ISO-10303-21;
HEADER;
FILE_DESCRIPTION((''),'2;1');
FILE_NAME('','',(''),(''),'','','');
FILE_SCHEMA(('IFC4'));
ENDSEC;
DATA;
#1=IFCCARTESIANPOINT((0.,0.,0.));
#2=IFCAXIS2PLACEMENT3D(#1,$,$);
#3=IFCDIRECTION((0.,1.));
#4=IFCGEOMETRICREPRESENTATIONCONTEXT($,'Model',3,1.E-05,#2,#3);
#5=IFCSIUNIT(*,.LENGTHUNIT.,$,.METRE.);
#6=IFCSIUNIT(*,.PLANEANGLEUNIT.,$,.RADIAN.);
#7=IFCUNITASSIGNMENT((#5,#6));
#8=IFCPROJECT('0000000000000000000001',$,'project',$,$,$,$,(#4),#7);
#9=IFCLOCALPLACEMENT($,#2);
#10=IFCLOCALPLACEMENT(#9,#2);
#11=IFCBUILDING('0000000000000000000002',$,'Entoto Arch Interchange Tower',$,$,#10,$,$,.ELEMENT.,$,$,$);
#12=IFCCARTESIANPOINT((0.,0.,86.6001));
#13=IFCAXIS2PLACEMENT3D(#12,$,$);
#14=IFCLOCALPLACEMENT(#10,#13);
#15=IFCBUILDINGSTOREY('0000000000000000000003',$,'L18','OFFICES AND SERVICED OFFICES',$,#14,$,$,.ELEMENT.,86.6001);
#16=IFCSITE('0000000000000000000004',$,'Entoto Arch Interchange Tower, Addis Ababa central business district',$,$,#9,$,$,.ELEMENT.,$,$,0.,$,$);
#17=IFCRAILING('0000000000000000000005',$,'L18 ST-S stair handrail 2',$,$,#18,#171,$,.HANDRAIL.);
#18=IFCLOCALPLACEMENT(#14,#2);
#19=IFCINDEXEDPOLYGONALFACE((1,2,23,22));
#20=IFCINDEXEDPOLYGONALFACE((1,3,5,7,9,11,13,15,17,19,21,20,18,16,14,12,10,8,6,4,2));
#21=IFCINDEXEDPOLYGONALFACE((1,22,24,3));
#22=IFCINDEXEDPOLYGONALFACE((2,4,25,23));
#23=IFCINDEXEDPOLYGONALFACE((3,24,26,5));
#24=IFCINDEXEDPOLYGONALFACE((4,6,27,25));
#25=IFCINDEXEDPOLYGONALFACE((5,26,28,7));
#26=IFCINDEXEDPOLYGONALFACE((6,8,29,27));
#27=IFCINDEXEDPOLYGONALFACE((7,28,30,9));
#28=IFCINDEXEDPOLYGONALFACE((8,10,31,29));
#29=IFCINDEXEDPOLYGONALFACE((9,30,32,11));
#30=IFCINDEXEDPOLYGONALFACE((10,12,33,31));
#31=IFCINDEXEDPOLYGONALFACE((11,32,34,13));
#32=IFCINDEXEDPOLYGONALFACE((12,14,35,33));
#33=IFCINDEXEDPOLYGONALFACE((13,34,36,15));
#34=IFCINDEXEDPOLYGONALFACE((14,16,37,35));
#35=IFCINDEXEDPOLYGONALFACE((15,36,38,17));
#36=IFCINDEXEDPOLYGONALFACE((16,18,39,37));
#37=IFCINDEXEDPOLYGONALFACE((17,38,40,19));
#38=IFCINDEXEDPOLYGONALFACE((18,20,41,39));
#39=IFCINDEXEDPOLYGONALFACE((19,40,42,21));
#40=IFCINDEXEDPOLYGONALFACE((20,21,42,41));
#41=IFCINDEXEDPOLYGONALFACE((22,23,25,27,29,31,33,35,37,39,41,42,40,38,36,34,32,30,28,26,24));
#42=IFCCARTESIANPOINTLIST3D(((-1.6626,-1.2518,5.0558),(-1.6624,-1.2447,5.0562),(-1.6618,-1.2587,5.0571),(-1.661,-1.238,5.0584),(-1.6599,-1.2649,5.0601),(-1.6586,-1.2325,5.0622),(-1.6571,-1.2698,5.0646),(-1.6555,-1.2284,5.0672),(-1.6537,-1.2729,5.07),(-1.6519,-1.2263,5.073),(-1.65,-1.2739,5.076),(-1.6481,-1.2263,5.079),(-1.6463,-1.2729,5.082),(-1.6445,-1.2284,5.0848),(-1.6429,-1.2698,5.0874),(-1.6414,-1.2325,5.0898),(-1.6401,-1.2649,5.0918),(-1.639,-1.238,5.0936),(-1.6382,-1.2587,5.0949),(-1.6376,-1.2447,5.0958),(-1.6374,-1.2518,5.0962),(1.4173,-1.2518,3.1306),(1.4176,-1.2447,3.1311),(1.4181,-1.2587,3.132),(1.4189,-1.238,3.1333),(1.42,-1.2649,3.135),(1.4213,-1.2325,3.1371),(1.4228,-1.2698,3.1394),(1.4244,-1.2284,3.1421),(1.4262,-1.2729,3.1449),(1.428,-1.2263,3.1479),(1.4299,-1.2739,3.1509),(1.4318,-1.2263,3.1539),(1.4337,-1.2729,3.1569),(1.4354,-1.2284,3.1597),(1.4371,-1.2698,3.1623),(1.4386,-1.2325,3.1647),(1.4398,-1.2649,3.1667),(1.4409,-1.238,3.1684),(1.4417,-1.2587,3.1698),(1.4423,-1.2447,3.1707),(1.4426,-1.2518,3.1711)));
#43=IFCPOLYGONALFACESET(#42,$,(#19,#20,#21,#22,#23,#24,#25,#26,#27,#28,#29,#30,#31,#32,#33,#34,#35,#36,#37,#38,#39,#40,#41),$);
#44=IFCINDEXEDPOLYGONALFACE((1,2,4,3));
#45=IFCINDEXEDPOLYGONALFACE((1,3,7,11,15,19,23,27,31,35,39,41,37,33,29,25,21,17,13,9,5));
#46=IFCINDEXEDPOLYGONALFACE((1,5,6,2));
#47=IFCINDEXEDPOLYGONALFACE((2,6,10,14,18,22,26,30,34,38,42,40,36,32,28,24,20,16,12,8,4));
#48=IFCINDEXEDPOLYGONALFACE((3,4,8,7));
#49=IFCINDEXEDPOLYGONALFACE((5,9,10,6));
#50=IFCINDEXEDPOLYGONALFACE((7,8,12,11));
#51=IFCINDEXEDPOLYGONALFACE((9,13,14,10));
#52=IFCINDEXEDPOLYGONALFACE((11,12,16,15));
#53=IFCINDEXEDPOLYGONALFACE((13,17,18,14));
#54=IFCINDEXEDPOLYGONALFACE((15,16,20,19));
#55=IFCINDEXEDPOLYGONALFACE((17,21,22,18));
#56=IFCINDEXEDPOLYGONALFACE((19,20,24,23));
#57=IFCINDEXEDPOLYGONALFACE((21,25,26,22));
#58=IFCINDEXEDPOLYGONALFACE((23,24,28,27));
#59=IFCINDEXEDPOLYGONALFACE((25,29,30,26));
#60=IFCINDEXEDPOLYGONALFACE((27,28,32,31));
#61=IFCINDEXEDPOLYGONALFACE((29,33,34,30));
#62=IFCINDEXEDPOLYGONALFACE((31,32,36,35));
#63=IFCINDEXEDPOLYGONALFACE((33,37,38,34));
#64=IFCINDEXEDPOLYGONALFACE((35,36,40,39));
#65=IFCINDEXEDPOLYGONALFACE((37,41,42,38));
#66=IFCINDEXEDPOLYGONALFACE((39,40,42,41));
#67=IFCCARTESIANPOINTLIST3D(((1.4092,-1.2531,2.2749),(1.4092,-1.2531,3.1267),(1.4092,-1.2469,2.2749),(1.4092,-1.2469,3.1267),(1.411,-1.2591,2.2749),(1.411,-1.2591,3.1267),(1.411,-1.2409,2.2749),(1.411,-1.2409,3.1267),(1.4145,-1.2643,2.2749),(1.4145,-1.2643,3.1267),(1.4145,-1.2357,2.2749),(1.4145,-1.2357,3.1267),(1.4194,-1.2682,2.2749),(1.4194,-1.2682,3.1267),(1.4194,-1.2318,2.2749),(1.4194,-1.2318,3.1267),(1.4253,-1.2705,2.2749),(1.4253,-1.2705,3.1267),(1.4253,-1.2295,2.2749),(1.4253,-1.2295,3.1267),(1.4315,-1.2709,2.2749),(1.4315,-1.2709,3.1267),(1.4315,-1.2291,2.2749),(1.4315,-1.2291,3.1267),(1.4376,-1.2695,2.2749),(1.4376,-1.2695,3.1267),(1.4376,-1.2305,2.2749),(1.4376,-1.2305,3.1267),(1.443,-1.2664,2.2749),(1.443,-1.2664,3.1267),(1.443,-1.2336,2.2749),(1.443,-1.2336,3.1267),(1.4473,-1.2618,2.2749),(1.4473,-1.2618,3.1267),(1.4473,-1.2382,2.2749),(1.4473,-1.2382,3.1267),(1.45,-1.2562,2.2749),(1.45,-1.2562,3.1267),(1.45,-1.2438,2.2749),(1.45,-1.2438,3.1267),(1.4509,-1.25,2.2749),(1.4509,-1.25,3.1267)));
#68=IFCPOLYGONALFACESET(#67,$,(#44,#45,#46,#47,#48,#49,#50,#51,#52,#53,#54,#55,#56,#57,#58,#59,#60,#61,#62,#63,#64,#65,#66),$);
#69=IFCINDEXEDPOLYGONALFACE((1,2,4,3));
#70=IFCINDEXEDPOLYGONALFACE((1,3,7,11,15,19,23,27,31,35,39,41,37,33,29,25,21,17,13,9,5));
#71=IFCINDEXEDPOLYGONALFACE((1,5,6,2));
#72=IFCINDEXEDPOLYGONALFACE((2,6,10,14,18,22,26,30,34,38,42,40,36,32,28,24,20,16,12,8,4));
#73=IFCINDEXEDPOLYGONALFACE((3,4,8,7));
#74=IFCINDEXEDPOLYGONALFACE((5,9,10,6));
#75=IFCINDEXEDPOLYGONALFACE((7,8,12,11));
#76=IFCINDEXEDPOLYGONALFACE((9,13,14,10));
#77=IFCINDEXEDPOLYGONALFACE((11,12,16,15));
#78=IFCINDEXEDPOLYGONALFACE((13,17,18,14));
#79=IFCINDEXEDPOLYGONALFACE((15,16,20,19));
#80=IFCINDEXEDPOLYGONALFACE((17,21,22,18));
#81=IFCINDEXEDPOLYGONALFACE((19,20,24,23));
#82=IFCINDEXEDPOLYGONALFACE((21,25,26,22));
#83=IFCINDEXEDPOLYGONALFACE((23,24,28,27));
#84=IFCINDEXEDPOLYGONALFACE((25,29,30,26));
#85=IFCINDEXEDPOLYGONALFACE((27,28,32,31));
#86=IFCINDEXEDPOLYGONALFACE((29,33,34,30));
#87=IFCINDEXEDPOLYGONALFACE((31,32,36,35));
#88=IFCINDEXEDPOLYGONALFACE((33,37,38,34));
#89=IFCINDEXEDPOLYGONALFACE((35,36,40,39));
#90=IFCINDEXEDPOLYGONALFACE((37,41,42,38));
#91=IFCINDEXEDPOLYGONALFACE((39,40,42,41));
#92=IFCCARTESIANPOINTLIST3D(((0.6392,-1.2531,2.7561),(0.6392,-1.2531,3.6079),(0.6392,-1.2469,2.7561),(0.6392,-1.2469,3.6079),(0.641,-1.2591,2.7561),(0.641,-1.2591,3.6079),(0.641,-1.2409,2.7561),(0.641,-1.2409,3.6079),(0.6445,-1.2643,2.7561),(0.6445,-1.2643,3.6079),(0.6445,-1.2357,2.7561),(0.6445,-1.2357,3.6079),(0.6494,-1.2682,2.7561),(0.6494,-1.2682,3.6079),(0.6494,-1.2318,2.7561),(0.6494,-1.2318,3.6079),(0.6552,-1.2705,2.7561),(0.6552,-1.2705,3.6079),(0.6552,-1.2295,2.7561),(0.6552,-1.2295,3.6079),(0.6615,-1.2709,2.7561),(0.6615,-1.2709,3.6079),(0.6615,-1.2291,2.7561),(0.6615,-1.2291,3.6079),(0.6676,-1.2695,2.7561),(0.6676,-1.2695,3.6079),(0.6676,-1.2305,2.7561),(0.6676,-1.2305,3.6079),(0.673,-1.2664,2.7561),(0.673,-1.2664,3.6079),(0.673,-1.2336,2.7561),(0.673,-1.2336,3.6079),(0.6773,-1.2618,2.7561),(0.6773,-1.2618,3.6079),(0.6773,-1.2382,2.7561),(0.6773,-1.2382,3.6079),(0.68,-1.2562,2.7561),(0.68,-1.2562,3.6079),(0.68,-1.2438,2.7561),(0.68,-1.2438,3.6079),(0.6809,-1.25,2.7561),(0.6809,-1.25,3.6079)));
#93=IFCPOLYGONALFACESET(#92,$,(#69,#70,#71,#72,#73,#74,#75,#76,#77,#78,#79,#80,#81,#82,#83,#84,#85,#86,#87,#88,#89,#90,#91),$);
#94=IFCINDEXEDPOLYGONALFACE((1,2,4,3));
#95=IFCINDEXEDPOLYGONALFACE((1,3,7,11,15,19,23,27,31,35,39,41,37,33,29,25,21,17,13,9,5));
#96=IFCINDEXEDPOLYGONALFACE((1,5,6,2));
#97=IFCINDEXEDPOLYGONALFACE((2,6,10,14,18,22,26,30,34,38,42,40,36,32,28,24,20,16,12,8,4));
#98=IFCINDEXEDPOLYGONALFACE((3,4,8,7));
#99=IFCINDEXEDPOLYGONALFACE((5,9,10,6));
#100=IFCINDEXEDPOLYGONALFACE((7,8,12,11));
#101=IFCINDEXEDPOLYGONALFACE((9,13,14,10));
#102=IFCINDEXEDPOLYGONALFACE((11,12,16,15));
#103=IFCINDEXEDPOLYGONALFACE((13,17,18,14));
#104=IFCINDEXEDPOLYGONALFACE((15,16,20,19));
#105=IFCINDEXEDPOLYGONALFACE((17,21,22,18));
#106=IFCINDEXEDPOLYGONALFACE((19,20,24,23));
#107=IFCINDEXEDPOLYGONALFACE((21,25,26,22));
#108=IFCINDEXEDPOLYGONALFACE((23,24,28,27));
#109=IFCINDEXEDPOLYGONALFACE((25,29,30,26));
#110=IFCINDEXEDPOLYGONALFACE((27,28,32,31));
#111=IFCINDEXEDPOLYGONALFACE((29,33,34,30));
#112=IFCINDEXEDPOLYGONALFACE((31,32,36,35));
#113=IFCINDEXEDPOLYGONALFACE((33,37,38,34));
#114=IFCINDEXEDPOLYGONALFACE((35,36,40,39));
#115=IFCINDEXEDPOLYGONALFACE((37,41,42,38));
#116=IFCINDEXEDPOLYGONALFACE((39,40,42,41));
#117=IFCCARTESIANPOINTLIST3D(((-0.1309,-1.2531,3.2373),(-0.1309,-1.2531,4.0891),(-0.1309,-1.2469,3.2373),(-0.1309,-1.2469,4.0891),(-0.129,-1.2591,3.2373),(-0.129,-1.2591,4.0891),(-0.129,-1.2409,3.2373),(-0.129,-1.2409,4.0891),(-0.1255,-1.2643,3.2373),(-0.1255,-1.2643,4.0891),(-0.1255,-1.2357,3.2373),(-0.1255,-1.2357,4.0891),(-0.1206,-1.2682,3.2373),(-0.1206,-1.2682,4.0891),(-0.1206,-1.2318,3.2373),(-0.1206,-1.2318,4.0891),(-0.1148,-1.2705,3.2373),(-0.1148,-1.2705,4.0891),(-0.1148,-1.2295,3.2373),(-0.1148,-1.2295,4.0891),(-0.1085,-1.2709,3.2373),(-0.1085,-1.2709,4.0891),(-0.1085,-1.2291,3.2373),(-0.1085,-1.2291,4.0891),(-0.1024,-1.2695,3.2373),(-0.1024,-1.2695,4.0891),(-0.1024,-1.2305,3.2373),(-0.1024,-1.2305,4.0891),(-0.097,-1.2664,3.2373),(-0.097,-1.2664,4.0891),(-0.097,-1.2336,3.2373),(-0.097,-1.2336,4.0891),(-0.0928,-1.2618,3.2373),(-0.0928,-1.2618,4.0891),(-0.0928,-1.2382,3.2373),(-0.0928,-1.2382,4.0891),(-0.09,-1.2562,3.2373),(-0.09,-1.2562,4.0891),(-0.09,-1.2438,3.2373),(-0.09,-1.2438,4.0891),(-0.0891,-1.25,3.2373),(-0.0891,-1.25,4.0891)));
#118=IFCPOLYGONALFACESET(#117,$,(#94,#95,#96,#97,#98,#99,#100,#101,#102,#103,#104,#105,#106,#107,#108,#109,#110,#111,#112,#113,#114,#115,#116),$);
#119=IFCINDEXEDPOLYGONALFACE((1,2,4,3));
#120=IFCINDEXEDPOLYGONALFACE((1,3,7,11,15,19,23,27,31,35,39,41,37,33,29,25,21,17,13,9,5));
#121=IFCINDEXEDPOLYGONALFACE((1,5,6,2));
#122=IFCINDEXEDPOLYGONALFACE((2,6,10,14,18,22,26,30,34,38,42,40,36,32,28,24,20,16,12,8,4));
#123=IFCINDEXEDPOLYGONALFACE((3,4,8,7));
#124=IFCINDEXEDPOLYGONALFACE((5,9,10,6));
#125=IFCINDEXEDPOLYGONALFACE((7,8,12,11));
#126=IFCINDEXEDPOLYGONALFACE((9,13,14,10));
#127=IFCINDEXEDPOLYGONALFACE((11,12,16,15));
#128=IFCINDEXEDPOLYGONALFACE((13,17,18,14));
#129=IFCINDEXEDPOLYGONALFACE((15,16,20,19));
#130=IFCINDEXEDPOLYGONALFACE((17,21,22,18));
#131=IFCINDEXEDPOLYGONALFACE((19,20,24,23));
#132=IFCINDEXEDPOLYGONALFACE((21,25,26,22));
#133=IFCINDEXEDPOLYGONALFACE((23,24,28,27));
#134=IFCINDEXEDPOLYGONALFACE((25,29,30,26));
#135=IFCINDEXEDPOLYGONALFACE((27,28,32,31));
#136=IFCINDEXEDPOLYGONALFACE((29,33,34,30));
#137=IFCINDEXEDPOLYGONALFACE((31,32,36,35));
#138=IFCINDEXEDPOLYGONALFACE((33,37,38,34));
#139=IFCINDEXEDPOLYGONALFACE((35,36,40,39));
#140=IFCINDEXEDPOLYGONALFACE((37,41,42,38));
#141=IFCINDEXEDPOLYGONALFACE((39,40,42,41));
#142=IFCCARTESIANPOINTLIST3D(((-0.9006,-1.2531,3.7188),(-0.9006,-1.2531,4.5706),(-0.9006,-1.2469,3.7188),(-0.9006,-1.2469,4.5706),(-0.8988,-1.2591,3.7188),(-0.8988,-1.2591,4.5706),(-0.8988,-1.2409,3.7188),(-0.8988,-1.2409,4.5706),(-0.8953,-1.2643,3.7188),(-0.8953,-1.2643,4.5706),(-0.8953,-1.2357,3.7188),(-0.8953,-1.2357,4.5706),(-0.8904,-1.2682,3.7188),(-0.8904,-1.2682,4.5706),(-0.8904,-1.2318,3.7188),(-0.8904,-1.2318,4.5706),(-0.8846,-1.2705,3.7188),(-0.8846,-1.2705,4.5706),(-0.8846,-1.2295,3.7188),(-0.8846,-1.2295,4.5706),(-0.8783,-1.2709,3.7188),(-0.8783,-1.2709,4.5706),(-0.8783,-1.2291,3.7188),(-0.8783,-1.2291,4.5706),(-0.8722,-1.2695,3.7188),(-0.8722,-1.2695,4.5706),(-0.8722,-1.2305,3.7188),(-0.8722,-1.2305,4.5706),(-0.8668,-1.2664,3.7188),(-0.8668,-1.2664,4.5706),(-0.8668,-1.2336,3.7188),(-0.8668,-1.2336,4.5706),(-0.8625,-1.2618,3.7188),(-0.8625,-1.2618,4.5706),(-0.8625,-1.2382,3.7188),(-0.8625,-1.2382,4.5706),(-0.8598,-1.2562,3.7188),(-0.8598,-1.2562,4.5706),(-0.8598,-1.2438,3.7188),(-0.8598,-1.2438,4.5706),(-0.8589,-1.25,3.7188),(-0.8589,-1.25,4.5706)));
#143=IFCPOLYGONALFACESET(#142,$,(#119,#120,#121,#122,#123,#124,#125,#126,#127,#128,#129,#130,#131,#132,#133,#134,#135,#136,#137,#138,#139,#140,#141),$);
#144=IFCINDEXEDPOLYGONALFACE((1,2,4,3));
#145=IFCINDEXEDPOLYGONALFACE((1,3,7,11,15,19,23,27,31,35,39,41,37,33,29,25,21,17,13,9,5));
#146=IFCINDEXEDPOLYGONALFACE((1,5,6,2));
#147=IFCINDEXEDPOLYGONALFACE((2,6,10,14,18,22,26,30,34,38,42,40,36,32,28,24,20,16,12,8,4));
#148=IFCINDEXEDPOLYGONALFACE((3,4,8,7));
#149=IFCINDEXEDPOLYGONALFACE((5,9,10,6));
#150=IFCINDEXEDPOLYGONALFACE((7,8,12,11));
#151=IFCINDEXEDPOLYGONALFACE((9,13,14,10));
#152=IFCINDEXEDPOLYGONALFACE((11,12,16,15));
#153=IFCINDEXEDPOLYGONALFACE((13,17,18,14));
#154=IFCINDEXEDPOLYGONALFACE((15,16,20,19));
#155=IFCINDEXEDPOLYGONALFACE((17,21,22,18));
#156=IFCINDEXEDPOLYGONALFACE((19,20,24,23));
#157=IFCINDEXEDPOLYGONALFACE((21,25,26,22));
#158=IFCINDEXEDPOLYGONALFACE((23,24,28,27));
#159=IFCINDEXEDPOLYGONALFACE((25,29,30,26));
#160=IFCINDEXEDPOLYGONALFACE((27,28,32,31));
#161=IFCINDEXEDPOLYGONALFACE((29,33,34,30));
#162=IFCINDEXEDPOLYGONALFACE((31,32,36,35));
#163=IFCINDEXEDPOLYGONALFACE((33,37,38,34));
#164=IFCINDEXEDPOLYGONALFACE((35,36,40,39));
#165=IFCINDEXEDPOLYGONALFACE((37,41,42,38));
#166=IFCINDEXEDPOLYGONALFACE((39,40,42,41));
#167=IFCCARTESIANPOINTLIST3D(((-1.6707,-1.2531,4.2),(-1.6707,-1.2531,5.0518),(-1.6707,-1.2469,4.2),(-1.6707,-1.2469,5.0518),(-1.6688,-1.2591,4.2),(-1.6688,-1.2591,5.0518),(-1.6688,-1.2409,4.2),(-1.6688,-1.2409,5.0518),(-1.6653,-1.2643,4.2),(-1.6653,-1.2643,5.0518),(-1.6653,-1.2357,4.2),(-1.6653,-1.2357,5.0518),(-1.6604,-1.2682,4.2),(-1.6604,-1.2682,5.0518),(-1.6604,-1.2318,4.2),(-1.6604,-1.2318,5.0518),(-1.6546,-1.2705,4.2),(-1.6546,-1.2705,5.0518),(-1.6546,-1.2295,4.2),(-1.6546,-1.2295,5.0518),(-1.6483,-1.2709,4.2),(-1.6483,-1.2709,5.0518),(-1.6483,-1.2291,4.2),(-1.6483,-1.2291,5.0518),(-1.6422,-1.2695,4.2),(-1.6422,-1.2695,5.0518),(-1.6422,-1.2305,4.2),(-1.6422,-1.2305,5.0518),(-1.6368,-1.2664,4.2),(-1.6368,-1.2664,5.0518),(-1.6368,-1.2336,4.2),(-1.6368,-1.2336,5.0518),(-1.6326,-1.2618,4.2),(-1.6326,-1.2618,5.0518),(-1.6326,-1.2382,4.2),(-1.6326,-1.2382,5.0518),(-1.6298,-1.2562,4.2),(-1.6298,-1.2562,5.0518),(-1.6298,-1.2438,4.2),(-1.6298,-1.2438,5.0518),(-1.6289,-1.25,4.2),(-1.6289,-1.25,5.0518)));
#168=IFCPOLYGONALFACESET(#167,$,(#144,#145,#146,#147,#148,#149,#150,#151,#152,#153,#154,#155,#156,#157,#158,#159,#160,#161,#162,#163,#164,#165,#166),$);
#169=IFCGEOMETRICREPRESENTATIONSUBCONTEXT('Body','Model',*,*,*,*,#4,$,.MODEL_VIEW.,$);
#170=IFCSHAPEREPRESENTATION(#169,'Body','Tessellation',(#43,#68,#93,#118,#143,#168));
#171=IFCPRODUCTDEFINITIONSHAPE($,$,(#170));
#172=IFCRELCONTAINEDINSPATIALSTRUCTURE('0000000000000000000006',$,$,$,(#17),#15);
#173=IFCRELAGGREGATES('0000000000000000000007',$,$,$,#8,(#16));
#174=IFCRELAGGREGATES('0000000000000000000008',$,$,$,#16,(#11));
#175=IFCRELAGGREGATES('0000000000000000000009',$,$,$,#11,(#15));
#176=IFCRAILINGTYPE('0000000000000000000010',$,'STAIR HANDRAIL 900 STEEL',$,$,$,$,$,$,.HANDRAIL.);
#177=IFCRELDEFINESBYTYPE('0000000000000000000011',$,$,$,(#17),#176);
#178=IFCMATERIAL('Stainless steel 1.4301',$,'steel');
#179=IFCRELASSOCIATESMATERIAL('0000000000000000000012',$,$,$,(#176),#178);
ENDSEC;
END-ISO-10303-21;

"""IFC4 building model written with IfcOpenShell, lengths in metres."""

from ifc_helpers import new_model, si_unit, direction, frame, origin, origin_2d, place, context, subcontext, project, spatial, circle, extrude, material, type_object, element, save


model = new_model("IFC4")

# Units and contexts
model_context = context("Model", 3, precision=1e-05, world=origin(), true_north=direction((0.0, 1.0)))
body_context = subcontext(model_context, "Body", "Model", "MODEL_VIEW")
ifc_project = project(units=[si_unit("LENGTHUNIT", "METRE"), si_unit("PLANEANGLEUNIT", "RADIAN")], contexts=[model_context])

# Site, building, storey
site_placement = place(None, origin())
site = spatial("IfcSite", under=ifc_project, at=site_placement, Name="Entoto Arch Interchange Tower, Addis Ababa central business district", CompositionType="ELEMENT", RefElevation=0.0)
building_placement = place(site_placement, origin())
building = spatial("IfcBuilding", under=site, at=building_placement, Name="Entoto Arch Interchange Tower", CompositionType="ELEMENT")
storey_placement = place(building_placement, frame((0.0, 0.0, 86.6001)))
storey = spatial("IfcBuildingStorey", under=building, at=storey_placement, Name="L18", Description="OFFICES AND SERVICED OFFICES", CompositionType="ELEMENT", Elevation=86.6001)

# Railing
ifc_material_1 = material(Name="Stainless steel 1.4301", Category="steel")
railing_type_1 = type_object("IfcRailingType", Name="STAIR HANDRAIL 900 STEEL", PredefinedType="HANDRAIL", material=ifc_material_1)
railing_1_placement = place(storey_placement, frame((1.4299, -1.25, 2.2749)))
element("IfcRailing", 1, at=railing_1_placement, inside=storey, type_object=railing_type_1, Name="L18 ST-S stair handrail 2", PredefinedType="HANDRAIL", context=body_context, shape_type="SweptSolid", body=[
    extrude(circle(Radius=0.0239, at=origin_2d()), frame((0.0, 0.0, 0.876), z_axis=(-0.847979, 0.0, 0.530029), x_axis=(0.0, -1.0, 0.0)), (0.0, 0.0, 1.0), 3.6321),
    extrude(circle(Radius=0.021, at=origin_2d()), origin(), (0.0, 0.0, 1.0), 0.8518),
    extrude(circle(Radius=0.021, at=origin_2d()), frame((-0.77, 0.0, 0.4812)), (0.0, 0.0, 1.0), 0.8518),
    extrude(circle(Radius=0.021, at=origin_2d()), frame((-1.54, 0.0, 0.9624)), (0.0, 0.0, 1.0), 0.8518),
    extrude(circle(Radius=0.021, at=origin_2d()), frame((-2.3098, 0.0, 1.4438)), (0.0, 0.0, 1.0), 0.8518),
    extrude(circle(Radius=0.021, at=origin_2d()), frame((-3.0798, 0.0, 1.925)), (0.0, 0.0, 1.0), 0.8518),
])

save(model, "model.ifc")
